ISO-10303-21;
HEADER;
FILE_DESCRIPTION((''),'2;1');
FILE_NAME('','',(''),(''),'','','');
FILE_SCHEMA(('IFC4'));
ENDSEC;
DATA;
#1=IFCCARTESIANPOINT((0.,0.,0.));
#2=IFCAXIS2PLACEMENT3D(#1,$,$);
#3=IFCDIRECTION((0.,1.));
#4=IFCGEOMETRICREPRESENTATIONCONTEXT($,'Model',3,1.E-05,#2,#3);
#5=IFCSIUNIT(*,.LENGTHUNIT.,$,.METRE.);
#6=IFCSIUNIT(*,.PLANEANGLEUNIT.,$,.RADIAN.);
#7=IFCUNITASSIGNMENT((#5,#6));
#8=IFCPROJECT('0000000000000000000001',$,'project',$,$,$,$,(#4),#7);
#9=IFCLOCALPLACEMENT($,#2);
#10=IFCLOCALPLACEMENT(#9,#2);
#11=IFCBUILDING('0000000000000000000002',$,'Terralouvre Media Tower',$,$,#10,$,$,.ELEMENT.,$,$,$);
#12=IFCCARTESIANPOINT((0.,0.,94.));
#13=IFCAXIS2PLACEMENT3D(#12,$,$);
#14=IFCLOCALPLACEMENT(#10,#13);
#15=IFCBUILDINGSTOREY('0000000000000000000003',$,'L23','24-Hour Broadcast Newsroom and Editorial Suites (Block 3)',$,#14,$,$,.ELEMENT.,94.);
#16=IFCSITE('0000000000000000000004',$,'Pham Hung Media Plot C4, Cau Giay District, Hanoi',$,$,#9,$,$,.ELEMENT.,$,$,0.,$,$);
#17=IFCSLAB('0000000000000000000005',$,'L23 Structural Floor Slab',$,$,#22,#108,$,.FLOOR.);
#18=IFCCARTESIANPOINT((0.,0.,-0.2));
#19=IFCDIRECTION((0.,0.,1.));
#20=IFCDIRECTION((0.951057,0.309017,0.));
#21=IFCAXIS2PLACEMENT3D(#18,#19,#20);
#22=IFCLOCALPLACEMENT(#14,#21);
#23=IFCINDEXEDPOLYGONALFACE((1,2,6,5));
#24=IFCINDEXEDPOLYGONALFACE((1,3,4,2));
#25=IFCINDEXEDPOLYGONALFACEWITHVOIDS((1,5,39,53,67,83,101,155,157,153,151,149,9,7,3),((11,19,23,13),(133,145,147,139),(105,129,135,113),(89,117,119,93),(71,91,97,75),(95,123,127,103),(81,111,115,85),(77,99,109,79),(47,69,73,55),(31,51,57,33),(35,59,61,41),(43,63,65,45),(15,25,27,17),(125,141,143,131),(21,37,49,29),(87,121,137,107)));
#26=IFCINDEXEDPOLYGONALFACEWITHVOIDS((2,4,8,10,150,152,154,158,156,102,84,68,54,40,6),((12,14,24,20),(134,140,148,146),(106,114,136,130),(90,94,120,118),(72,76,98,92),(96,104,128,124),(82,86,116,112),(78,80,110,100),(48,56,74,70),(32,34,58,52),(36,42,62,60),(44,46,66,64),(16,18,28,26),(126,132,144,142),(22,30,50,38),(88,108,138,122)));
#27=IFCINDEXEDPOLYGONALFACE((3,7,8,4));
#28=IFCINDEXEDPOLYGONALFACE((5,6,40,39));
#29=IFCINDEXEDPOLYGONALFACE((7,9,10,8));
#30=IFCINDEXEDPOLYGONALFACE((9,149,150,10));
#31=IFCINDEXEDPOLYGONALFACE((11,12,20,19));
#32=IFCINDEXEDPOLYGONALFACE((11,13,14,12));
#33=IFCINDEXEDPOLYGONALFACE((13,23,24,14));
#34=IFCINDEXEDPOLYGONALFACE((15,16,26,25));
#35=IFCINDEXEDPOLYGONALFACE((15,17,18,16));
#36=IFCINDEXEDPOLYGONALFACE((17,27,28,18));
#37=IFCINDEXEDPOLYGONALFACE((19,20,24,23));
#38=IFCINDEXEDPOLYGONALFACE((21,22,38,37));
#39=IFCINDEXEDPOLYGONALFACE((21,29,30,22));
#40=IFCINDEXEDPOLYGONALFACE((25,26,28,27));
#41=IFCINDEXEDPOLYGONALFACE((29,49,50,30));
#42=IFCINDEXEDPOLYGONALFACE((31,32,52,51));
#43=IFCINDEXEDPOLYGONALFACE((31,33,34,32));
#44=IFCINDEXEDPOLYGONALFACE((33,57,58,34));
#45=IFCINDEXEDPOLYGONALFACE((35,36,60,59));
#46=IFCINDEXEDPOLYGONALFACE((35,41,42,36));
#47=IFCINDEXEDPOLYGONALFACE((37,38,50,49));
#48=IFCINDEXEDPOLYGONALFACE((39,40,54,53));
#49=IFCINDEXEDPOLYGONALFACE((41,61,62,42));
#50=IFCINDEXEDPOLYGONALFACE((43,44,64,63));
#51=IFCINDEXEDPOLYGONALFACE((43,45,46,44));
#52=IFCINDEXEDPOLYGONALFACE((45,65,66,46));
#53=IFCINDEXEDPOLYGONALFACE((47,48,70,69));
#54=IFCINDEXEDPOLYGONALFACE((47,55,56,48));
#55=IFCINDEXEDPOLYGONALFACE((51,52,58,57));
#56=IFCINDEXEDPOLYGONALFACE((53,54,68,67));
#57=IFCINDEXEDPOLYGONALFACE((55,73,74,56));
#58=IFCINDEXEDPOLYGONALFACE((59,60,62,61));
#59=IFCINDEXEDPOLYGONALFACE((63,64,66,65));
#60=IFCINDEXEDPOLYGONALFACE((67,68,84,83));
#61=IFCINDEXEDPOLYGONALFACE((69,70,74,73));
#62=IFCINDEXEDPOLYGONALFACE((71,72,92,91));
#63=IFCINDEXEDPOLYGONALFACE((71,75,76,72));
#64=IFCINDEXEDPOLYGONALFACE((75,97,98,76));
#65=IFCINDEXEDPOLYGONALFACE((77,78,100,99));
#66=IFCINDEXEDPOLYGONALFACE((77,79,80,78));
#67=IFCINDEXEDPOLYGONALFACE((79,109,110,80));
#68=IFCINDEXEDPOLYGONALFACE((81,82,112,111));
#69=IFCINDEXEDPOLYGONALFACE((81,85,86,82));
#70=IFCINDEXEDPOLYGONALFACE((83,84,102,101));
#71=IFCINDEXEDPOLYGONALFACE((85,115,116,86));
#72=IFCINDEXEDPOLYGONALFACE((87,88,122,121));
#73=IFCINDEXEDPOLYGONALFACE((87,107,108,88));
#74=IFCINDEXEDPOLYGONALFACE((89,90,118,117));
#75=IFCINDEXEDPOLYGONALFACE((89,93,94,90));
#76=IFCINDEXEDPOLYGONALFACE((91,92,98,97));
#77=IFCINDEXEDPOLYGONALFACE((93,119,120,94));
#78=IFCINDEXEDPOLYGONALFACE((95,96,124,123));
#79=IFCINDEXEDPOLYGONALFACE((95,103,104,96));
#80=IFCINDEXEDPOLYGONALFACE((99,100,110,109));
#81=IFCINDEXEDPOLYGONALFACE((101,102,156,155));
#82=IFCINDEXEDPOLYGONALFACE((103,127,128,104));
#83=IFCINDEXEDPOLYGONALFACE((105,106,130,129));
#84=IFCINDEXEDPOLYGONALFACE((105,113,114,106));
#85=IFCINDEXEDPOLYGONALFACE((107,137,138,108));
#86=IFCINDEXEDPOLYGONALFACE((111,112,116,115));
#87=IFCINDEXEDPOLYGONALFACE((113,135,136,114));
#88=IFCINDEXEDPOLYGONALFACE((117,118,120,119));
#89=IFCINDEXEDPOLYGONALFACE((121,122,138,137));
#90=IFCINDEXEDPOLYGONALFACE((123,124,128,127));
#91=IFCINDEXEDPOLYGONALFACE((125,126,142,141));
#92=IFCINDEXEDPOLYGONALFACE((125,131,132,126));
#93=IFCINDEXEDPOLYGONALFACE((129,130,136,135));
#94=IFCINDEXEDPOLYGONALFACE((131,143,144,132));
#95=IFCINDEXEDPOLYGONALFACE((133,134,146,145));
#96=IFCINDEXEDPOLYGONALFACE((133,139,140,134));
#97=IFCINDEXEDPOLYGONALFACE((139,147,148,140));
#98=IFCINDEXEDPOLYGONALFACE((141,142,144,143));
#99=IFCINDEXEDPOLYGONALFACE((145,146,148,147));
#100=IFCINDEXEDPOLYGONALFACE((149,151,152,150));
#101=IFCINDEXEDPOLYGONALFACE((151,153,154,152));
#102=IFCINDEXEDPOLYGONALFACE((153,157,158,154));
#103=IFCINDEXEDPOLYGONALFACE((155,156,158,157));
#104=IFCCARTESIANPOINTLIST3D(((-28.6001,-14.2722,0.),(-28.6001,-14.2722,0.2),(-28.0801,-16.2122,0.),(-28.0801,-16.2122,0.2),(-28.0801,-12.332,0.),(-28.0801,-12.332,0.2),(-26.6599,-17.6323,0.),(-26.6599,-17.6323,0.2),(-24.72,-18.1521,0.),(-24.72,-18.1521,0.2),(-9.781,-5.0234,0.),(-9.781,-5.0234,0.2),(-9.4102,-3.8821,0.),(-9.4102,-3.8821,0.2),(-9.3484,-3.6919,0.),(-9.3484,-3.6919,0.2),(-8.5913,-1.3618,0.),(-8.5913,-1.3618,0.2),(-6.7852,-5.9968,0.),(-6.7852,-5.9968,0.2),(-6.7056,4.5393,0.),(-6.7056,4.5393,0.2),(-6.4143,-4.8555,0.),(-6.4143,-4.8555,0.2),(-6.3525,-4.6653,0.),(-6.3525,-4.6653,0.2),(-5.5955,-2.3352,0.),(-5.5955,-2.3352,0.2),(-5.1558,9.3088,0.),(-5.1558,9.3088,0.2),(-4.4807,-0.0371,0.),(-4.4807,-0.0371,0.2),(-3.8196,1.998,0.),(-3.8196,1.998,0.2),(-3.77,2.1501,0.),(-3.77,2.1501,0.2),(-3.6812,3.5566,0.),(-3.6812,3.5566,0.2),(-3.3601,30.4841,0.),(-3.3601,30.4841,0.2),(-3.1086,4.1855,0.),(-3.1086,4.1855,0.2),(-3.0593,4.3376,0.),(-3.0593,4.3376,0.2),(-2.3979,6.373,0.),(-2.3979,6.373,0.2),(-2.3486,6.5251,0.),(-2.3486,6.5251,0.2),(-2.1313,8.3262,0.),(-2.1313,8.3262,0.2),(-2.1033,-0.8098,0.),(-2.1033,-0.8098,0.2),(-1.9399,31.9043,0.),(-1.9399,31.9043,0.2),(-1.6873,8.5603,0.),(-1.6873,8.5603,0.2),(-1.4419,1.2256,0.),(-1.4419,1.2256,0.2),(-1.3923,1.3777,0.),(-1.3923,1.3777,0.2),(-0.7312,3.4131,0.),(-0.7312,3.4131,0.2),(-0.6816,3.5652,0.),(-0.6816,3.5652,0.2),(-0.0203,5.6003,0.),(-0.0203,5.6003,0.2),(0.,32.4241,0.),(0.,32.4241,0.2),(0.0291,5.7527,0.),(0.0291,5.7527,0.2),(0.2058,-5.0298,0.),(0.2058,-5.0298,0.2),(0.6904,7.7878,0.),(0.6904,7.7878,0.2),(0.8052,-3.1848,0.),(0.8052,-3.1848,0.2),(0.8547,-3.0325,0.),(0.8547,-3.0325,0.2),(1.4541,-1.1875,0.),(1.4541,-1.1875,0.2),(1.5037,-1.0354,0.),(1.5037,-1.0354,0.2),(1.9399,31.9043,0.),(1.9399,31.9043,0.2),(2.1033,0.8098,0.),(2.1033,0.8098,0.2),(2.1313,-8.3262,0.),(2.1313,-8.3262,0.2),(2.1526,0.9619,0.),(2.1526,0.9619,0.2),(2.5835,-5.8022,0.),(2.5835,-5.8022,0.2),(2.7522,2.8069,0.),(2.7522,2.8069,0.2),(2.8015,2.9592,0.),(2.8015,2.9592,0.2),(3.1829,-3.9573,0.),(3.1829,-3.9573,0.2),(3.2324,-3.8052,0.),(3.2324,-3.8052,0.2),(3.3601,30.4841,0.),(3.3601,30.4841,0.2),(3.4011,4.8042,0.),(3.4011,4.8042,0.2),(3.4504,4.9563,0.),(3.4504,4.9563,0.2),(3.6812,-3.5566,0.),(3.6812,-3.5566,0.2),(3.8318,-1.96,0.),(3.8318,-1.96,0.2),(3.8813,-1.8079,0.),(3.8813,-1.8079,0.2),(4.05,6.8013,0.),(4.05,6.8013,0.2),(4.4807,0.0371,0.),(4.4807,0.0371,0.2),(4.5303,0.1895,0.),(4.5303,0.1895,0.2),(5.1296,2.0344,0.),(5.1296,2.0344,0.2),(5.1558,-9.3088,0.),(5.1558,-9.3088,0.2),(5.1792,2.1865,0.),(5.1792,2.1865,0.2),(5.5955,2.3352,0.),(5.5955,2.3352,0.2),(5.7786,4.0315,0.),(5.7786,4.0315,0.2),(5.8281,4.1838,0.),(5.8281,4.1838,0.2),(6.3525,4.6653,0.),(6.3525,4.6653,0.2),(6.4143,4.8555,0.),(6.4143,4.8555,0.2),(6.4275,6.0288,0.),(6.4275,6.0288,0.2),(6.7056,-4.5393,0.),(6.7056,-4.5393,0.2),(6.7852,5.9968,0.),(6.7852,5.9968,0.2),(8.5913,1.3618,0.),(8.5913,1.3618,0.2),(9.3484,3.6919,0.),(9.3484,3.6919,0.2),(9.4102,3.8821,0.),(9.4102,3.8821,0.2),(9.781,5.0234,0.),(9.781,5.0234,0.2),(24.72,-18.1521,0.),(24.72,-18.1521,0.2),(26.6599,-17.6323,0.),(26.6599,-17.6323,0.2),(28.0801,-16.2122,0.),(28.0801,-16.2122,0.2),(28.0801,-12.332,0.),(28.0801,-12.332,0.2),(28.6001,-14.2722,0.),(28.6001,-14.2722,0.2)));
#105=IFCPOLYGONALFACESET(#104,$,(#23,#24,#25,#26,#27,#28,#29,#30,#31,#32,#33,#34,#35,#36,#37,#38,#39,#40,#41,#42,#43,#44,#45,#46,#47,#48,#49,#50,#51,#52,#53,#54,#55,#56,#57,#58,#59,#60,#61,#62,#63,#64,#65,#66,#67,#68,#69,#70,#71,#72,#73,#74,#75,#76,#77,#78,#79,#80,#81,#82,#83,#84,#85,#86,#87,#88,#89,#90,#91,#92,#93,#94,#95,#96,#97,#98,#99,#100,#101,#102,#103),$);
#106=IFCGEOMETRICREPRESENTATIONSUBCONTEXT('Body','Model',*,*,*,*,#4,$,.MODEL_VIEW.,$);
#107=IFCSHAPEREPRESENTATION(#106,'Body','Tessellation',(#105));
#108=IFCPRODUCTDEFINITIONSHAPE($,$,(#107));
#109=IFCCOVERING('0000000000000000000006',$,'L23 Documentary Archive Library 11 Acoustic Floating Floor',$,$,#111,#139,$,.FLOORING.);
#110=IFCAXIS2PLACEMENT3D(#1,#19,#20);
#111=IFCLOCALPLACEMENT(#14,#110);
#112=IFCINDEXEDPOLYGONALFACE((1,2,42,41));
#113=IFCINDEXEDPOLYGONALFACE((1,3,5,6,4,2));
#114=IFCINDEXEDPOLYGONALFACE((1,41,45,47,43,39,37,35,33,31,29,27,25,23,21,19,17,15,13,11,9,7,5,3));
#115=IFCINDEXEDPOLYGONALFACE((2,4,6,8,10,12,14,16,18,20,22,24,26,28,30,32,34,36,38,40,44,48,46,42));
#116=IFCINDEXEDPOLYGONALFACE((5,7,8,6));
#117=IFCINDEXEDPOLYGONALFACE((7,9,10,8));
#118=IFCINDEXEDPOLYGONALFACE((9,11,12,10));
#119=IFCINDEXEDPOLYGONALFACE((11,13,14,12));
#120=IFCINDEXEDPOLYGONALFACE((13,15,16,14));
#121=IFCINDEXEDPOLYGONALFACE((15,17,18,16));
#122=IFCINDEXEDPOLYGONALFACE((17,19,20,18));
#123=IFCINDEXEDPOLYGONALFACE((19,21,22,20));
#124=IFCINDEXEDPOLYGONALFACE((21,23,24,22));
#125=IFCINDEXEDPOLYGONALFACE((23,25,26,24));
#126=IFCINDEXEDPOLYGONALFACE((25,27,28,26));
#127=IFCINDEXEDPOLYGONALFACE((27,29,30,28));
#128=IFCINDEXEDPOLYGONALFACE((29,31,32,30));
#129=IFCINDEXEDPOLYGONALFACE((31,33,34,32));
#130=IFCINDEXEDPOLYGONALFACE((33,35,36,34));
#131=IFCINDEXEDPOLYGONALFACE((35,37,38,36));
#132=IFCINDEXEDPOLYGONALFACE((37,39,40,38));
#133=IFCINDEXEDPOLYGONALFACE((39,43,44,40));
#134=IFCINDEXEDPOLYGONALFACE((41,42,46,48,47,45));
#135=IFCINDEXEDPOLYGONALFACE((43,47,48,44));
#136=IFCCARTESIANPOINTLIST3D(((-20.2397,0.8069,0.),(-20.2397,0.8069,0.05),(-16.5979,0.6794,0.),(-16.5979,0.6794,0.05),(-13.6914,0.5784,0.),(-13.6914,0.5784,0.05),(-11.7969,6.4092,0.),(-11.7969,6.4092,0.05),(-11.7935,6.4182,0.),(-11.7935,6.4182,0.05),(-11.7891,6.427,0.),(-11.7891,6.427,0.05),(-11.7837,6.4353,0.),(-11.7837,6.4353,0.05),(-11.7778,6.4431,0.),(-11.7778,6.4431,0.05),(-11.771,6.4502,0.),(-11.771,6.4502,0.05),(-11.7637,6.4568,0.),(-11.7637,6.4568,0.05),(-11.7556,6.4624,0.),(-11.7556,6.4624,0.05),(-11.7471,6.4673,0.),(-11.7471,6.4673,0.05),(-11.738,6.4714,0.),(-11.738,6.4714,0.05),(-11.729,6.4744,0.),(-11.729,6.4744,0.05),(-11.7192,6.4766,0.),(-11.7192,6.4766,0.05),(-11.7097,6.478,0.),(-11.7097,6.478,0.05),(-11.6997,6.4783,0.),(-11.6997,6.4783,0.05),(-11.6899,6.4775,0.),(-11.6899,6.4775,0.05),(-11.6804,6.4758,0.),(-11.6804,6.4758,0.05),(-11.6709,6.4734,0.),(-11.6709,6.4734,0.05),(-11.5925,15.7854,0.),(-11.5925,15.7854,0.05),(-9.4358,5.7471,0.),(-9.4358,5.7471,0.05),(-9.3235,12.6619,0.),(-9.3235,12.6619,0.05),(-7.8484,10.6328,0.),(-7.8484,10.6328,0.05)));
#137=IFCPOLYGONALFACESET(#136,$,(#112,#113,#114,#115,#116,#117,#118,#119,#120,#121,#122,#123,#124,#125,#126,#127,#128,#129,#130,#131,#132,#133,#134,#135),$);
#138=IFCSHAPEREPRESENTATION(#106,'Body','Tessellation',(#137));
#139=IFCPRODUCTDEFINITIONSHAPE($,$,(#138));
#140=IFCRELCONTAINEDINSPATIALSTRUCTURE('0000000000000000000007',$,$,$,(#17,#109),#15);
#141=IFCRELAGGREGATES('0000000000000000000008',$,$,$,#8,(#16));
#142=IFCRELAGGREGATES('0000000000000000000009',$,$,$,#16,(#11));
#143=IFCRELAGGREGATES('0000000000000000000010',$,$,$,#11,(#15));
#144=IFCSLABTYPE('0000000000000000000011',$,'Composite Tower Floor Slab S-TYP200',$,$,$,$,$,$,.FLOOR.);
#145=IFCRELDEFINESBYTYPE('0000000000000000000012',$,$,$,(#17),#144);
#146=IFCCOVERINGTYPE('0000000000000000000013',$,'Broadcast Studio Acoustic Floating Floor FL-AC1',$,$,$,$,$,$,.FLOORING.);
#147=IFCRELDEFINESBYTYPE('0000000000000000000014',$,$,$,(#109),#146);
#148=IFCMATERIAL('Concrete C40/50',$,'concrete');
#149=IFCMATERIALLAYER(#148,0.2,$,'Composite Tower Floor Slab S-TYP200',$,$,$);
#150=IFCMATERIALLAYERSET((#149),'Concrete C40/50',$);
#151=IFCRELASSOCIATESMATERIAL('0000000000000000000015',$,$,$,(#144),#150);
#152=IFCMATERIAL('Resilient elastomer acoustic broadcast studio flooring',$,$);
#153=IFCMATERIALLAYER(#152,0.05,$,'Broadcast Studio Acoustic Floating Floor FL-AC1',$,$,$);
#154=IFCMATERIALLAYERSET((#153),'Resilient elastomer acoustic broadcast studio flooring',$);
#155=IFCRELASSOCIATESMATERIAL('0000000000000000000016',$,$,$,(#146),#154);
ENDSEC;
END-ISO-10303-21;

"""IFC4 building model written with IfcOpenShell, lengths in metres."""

from ifc_helpers import new_model, si_unit, direction, frame, origin, place, context, subcontext, project, spatial, polyline, outline, extrude, material, layer, layer_set, type_object, element, save


model = new_model("IFC4")

# Units and contexts
model_context = context("Model", 3, precision=1e-05, world=origin(), true_north=direction((0.0, 1.0)))
body_context = subcontext(model_context, "Body", "Model", "MODEL_VIEW")
ifc_project = project(units=[si_unit("LENGTHUNIT", "METRE"), si_unit("PLANEANGLEUNIT", "RADIAN")], contexts=[model_context])

# Site, building, storey
site_placement = place(None, origin())
site = spatial("IfcSite", under=ifc_project, at=site_placement, Name="Pham Hung Media Plot C4, Cau Giay District, Hanoi", CompositionType="ELEMENT", RefElevation=0.0)
building_placement = place(site_placement, origin())
building = spatial("IfcBuilding", under=site, at=building_placement, Name="Terralouvre Media Tower", CompositionType="ELEMENT")
storey_placement = place(building_placement, frame((0.0, 0.0, 94.0)))
storey = spatial("IfcBuildingStorey", under=building, at=storey_placement, Name="L23", Description="24-Hour Broadcast Newsroom and Editorial Suites (Block 3)", CompositionType="ELEMENT", Elevation=94.0)

# Slab
ifc_material_1 = material(Name="Concrete C40/50", Category="concrete")
ifc_layer_1 = layer(ifc_material_1, 0.2, Name="Composite Tower Floor Slab S-TYP200")
ifc_layer_set_1 = layer_set([ifc_layer_1], Name="Concrete C40/50")
slab_type_1 = type_object("IfcSlabType", Name="Composite Tower Floor Slab S-TYP200", PredefinedType="FLOOR", material=ifc_layer_set_1)
slab_1_placement = place(storey_placement, frame((0.0, 0.0, -0.2), z_axis=(0.0, 0.0, 1.0), x_axis=(0.951057, 0.309017, 0.0)))
element("IfcSlab", 1, at=slab_1_placement, inside=storey, type_object=slab_type_1, Name="L23 Structural Floor Slab", PredefinedType="FLOOR", context=body_context, shape_type="SweptSolid", body=[
    extrude(outline(polyline([(-28.0801, -12.332), (-28.6001, -14.2722), (-28.0801, -16.2122), (-26.6599, -17.6323), (-24.72, -18.1521), (24.72, -18.1521), (26.6599, -17.6323), (28.0801, -16.2122), (28.6001, -14.2722), (28.0801, -12.332), (3.3601, 30.4841), (1.9399, 31.9043), (0.0, 32.4241), (-1.9399, 31.9043), (-3.3601, 30.4841), (-28.0801, -12.332)]), holes=[polyline([(-6.7852, -5.9968), (-9.781, -5.0234), (-9.4102, -3.8821), (-6.4143, -4.8555), (-6.7852, -5.9968)]), polyline([(-6.3525, -4.6653), (-9.3484, -3.6919), (-8.5913, -1.3618), (-5.5955, -2.3352), (-6.3525, -4.6653)]), polyline([(-2.1033, -0.8098), (-4.4807, -0.0371), (-3.8196, 1.998), (-1.4419, 1.2256), (-2.1033, -0.8098)]), polyline([(-1.3923, 1.3777), (-3.77, 2.1501), (-3.1086, 4.1855), (-0.7312, 3.4131), (-1.3923, 1.3777)]), polyline([(4.5303, 0.1895), (2.1526, 0.9619), (2.7522, 2.8069), (5.1296, 2.0344), (4.5303, 0.1895)]), polyline([(-0.6816, 3.5652), (-3.0593, 4.3376), (-2.3979, 6.373), (-0.0203, 5.6003), (-0.6816, 3.5652)]), polyline([(-3.6812, 3.5566), (-6.7056, 4.5393), (-5.1558, 9.3088), (-2.1313, 8.3262), (-3.6812, 3.5566)]), polyline([(0.0291, 5.7527), (-2.3486, 6.5251), (-1.6873, 8.5603), (0.6904, 7.7878), (0.0291, 5.7527)]), polyline([(3.6812, -3.5566), (6.7056, -4.5393), (5.1558, -9.3088), (2.1313, -8.3262), (3.6812, -3.5566)]), polyline([(2.5835, -5.8022), (0.2058, -5.0298), (0.8052, -3.1848), (3.1829, -3.9573), (2.5835, -5.8022)]), polyline([(3.2324, -3.8052), (0.8547, -3.0325), (1.4541, -1.1875), (3.8318, -1.96), (3.2324, -3.8052)]), polyline([(3.8813, -1.8079), (1.5037, -1.0354), (2.1033, 0.8098), (4.4807, 0.0371), (3.8813, -1.8079)]), polyline([(5.1792, 2.1865), (2.8015, 2.9592), (3.4011, 4.8042), (5.7786, 4.0315), (5.1792, 2.1865)]), polyline([(8.5913, 1.3618), (5.5955, 2.3352), (6.3525, 4.6653), (9.3484, 3.6919), (8.5913, 1.3618)]), polyline([(5.8281, 4.1838), (3.4504, 4.9563), (4.05, 6.8013), (6.4275, 6.0288), (5.8281, 4.1838)]), polyline([(9.4102, 3.8821), (6.4143, 4.8555), (6.7852, 5.9968), (9.781, 5.0234), (9.4102, 3.8821)])]), origin(), (0.0, 0.0, 1.0), 0.2),
])

# Covering
ifc_material_2 = material(Name="Resilient elastomer acoustic broadcast studio flooring")
ifc_layer_2 = layer(ifc_material_2, 0.05, Name="Broadcast Studio Acoustic Floating Floor FL-AC1")
ifc_layer_set_2 = layer_set([ifc_layer_2], Name="Resilient elastomer acoustic broadcast studio flooring")
covering_type_1 = type_object("IfcCoveringType", Name="Broadcast Studio Acoustic Floating Floor FL-AC1", PredefinedType="FLOORING", material=ifc_layer_set_2)
covering_1_placement = place(storey_placement, frame((0.0, 0.0, 0.0), z_axis=(0.0, 0.0, 1.0), x_axis=(0.951057, 0.309017, 0.0)))
element("IfcCovering", 2, at=covering_1_placement, inside=storey, type_object=covering_type_1, Name="L23 Documentary Archive Library 11 Acoustic Floating Floor", PredefinedType="FLOORING", context=body_context, shape_type="SweptSolid", body=[
    extrude(outline(polyline([(-13.6914, 0.5784), (-11.7969, 6.4092), (-11.7935, 6.4182), (-11.7891, 6.427), (-11.7837, 6.4353), (-11.7778, 6.4431), (-11.771, 6.4502), (-11.7637, 6.4568), (-11.7556, 6.4624), (-11.7471, 6.4673), (-11.738, 6.4714), (-11.729, 6.4744), (-11.7192, 6.4766), (-11.7097, 6.478), (-11.6997, 6.4783), (-11.6899, 6.4775), (-11.6804, 6.4758), (-11.6709, 6.4734), (-9.4358, 5.7471), (-7.8484, 10.6328), (-9.3235, 12.6619), (-11.5925, 15.7854), (-20.2397, 0.8069), (-16.5979, 0.6794), (-13.6914, 0.5784)])), origin(), (0.0, 0.0, 1.0), 0.05),
])

save(model, "model.ifc")
